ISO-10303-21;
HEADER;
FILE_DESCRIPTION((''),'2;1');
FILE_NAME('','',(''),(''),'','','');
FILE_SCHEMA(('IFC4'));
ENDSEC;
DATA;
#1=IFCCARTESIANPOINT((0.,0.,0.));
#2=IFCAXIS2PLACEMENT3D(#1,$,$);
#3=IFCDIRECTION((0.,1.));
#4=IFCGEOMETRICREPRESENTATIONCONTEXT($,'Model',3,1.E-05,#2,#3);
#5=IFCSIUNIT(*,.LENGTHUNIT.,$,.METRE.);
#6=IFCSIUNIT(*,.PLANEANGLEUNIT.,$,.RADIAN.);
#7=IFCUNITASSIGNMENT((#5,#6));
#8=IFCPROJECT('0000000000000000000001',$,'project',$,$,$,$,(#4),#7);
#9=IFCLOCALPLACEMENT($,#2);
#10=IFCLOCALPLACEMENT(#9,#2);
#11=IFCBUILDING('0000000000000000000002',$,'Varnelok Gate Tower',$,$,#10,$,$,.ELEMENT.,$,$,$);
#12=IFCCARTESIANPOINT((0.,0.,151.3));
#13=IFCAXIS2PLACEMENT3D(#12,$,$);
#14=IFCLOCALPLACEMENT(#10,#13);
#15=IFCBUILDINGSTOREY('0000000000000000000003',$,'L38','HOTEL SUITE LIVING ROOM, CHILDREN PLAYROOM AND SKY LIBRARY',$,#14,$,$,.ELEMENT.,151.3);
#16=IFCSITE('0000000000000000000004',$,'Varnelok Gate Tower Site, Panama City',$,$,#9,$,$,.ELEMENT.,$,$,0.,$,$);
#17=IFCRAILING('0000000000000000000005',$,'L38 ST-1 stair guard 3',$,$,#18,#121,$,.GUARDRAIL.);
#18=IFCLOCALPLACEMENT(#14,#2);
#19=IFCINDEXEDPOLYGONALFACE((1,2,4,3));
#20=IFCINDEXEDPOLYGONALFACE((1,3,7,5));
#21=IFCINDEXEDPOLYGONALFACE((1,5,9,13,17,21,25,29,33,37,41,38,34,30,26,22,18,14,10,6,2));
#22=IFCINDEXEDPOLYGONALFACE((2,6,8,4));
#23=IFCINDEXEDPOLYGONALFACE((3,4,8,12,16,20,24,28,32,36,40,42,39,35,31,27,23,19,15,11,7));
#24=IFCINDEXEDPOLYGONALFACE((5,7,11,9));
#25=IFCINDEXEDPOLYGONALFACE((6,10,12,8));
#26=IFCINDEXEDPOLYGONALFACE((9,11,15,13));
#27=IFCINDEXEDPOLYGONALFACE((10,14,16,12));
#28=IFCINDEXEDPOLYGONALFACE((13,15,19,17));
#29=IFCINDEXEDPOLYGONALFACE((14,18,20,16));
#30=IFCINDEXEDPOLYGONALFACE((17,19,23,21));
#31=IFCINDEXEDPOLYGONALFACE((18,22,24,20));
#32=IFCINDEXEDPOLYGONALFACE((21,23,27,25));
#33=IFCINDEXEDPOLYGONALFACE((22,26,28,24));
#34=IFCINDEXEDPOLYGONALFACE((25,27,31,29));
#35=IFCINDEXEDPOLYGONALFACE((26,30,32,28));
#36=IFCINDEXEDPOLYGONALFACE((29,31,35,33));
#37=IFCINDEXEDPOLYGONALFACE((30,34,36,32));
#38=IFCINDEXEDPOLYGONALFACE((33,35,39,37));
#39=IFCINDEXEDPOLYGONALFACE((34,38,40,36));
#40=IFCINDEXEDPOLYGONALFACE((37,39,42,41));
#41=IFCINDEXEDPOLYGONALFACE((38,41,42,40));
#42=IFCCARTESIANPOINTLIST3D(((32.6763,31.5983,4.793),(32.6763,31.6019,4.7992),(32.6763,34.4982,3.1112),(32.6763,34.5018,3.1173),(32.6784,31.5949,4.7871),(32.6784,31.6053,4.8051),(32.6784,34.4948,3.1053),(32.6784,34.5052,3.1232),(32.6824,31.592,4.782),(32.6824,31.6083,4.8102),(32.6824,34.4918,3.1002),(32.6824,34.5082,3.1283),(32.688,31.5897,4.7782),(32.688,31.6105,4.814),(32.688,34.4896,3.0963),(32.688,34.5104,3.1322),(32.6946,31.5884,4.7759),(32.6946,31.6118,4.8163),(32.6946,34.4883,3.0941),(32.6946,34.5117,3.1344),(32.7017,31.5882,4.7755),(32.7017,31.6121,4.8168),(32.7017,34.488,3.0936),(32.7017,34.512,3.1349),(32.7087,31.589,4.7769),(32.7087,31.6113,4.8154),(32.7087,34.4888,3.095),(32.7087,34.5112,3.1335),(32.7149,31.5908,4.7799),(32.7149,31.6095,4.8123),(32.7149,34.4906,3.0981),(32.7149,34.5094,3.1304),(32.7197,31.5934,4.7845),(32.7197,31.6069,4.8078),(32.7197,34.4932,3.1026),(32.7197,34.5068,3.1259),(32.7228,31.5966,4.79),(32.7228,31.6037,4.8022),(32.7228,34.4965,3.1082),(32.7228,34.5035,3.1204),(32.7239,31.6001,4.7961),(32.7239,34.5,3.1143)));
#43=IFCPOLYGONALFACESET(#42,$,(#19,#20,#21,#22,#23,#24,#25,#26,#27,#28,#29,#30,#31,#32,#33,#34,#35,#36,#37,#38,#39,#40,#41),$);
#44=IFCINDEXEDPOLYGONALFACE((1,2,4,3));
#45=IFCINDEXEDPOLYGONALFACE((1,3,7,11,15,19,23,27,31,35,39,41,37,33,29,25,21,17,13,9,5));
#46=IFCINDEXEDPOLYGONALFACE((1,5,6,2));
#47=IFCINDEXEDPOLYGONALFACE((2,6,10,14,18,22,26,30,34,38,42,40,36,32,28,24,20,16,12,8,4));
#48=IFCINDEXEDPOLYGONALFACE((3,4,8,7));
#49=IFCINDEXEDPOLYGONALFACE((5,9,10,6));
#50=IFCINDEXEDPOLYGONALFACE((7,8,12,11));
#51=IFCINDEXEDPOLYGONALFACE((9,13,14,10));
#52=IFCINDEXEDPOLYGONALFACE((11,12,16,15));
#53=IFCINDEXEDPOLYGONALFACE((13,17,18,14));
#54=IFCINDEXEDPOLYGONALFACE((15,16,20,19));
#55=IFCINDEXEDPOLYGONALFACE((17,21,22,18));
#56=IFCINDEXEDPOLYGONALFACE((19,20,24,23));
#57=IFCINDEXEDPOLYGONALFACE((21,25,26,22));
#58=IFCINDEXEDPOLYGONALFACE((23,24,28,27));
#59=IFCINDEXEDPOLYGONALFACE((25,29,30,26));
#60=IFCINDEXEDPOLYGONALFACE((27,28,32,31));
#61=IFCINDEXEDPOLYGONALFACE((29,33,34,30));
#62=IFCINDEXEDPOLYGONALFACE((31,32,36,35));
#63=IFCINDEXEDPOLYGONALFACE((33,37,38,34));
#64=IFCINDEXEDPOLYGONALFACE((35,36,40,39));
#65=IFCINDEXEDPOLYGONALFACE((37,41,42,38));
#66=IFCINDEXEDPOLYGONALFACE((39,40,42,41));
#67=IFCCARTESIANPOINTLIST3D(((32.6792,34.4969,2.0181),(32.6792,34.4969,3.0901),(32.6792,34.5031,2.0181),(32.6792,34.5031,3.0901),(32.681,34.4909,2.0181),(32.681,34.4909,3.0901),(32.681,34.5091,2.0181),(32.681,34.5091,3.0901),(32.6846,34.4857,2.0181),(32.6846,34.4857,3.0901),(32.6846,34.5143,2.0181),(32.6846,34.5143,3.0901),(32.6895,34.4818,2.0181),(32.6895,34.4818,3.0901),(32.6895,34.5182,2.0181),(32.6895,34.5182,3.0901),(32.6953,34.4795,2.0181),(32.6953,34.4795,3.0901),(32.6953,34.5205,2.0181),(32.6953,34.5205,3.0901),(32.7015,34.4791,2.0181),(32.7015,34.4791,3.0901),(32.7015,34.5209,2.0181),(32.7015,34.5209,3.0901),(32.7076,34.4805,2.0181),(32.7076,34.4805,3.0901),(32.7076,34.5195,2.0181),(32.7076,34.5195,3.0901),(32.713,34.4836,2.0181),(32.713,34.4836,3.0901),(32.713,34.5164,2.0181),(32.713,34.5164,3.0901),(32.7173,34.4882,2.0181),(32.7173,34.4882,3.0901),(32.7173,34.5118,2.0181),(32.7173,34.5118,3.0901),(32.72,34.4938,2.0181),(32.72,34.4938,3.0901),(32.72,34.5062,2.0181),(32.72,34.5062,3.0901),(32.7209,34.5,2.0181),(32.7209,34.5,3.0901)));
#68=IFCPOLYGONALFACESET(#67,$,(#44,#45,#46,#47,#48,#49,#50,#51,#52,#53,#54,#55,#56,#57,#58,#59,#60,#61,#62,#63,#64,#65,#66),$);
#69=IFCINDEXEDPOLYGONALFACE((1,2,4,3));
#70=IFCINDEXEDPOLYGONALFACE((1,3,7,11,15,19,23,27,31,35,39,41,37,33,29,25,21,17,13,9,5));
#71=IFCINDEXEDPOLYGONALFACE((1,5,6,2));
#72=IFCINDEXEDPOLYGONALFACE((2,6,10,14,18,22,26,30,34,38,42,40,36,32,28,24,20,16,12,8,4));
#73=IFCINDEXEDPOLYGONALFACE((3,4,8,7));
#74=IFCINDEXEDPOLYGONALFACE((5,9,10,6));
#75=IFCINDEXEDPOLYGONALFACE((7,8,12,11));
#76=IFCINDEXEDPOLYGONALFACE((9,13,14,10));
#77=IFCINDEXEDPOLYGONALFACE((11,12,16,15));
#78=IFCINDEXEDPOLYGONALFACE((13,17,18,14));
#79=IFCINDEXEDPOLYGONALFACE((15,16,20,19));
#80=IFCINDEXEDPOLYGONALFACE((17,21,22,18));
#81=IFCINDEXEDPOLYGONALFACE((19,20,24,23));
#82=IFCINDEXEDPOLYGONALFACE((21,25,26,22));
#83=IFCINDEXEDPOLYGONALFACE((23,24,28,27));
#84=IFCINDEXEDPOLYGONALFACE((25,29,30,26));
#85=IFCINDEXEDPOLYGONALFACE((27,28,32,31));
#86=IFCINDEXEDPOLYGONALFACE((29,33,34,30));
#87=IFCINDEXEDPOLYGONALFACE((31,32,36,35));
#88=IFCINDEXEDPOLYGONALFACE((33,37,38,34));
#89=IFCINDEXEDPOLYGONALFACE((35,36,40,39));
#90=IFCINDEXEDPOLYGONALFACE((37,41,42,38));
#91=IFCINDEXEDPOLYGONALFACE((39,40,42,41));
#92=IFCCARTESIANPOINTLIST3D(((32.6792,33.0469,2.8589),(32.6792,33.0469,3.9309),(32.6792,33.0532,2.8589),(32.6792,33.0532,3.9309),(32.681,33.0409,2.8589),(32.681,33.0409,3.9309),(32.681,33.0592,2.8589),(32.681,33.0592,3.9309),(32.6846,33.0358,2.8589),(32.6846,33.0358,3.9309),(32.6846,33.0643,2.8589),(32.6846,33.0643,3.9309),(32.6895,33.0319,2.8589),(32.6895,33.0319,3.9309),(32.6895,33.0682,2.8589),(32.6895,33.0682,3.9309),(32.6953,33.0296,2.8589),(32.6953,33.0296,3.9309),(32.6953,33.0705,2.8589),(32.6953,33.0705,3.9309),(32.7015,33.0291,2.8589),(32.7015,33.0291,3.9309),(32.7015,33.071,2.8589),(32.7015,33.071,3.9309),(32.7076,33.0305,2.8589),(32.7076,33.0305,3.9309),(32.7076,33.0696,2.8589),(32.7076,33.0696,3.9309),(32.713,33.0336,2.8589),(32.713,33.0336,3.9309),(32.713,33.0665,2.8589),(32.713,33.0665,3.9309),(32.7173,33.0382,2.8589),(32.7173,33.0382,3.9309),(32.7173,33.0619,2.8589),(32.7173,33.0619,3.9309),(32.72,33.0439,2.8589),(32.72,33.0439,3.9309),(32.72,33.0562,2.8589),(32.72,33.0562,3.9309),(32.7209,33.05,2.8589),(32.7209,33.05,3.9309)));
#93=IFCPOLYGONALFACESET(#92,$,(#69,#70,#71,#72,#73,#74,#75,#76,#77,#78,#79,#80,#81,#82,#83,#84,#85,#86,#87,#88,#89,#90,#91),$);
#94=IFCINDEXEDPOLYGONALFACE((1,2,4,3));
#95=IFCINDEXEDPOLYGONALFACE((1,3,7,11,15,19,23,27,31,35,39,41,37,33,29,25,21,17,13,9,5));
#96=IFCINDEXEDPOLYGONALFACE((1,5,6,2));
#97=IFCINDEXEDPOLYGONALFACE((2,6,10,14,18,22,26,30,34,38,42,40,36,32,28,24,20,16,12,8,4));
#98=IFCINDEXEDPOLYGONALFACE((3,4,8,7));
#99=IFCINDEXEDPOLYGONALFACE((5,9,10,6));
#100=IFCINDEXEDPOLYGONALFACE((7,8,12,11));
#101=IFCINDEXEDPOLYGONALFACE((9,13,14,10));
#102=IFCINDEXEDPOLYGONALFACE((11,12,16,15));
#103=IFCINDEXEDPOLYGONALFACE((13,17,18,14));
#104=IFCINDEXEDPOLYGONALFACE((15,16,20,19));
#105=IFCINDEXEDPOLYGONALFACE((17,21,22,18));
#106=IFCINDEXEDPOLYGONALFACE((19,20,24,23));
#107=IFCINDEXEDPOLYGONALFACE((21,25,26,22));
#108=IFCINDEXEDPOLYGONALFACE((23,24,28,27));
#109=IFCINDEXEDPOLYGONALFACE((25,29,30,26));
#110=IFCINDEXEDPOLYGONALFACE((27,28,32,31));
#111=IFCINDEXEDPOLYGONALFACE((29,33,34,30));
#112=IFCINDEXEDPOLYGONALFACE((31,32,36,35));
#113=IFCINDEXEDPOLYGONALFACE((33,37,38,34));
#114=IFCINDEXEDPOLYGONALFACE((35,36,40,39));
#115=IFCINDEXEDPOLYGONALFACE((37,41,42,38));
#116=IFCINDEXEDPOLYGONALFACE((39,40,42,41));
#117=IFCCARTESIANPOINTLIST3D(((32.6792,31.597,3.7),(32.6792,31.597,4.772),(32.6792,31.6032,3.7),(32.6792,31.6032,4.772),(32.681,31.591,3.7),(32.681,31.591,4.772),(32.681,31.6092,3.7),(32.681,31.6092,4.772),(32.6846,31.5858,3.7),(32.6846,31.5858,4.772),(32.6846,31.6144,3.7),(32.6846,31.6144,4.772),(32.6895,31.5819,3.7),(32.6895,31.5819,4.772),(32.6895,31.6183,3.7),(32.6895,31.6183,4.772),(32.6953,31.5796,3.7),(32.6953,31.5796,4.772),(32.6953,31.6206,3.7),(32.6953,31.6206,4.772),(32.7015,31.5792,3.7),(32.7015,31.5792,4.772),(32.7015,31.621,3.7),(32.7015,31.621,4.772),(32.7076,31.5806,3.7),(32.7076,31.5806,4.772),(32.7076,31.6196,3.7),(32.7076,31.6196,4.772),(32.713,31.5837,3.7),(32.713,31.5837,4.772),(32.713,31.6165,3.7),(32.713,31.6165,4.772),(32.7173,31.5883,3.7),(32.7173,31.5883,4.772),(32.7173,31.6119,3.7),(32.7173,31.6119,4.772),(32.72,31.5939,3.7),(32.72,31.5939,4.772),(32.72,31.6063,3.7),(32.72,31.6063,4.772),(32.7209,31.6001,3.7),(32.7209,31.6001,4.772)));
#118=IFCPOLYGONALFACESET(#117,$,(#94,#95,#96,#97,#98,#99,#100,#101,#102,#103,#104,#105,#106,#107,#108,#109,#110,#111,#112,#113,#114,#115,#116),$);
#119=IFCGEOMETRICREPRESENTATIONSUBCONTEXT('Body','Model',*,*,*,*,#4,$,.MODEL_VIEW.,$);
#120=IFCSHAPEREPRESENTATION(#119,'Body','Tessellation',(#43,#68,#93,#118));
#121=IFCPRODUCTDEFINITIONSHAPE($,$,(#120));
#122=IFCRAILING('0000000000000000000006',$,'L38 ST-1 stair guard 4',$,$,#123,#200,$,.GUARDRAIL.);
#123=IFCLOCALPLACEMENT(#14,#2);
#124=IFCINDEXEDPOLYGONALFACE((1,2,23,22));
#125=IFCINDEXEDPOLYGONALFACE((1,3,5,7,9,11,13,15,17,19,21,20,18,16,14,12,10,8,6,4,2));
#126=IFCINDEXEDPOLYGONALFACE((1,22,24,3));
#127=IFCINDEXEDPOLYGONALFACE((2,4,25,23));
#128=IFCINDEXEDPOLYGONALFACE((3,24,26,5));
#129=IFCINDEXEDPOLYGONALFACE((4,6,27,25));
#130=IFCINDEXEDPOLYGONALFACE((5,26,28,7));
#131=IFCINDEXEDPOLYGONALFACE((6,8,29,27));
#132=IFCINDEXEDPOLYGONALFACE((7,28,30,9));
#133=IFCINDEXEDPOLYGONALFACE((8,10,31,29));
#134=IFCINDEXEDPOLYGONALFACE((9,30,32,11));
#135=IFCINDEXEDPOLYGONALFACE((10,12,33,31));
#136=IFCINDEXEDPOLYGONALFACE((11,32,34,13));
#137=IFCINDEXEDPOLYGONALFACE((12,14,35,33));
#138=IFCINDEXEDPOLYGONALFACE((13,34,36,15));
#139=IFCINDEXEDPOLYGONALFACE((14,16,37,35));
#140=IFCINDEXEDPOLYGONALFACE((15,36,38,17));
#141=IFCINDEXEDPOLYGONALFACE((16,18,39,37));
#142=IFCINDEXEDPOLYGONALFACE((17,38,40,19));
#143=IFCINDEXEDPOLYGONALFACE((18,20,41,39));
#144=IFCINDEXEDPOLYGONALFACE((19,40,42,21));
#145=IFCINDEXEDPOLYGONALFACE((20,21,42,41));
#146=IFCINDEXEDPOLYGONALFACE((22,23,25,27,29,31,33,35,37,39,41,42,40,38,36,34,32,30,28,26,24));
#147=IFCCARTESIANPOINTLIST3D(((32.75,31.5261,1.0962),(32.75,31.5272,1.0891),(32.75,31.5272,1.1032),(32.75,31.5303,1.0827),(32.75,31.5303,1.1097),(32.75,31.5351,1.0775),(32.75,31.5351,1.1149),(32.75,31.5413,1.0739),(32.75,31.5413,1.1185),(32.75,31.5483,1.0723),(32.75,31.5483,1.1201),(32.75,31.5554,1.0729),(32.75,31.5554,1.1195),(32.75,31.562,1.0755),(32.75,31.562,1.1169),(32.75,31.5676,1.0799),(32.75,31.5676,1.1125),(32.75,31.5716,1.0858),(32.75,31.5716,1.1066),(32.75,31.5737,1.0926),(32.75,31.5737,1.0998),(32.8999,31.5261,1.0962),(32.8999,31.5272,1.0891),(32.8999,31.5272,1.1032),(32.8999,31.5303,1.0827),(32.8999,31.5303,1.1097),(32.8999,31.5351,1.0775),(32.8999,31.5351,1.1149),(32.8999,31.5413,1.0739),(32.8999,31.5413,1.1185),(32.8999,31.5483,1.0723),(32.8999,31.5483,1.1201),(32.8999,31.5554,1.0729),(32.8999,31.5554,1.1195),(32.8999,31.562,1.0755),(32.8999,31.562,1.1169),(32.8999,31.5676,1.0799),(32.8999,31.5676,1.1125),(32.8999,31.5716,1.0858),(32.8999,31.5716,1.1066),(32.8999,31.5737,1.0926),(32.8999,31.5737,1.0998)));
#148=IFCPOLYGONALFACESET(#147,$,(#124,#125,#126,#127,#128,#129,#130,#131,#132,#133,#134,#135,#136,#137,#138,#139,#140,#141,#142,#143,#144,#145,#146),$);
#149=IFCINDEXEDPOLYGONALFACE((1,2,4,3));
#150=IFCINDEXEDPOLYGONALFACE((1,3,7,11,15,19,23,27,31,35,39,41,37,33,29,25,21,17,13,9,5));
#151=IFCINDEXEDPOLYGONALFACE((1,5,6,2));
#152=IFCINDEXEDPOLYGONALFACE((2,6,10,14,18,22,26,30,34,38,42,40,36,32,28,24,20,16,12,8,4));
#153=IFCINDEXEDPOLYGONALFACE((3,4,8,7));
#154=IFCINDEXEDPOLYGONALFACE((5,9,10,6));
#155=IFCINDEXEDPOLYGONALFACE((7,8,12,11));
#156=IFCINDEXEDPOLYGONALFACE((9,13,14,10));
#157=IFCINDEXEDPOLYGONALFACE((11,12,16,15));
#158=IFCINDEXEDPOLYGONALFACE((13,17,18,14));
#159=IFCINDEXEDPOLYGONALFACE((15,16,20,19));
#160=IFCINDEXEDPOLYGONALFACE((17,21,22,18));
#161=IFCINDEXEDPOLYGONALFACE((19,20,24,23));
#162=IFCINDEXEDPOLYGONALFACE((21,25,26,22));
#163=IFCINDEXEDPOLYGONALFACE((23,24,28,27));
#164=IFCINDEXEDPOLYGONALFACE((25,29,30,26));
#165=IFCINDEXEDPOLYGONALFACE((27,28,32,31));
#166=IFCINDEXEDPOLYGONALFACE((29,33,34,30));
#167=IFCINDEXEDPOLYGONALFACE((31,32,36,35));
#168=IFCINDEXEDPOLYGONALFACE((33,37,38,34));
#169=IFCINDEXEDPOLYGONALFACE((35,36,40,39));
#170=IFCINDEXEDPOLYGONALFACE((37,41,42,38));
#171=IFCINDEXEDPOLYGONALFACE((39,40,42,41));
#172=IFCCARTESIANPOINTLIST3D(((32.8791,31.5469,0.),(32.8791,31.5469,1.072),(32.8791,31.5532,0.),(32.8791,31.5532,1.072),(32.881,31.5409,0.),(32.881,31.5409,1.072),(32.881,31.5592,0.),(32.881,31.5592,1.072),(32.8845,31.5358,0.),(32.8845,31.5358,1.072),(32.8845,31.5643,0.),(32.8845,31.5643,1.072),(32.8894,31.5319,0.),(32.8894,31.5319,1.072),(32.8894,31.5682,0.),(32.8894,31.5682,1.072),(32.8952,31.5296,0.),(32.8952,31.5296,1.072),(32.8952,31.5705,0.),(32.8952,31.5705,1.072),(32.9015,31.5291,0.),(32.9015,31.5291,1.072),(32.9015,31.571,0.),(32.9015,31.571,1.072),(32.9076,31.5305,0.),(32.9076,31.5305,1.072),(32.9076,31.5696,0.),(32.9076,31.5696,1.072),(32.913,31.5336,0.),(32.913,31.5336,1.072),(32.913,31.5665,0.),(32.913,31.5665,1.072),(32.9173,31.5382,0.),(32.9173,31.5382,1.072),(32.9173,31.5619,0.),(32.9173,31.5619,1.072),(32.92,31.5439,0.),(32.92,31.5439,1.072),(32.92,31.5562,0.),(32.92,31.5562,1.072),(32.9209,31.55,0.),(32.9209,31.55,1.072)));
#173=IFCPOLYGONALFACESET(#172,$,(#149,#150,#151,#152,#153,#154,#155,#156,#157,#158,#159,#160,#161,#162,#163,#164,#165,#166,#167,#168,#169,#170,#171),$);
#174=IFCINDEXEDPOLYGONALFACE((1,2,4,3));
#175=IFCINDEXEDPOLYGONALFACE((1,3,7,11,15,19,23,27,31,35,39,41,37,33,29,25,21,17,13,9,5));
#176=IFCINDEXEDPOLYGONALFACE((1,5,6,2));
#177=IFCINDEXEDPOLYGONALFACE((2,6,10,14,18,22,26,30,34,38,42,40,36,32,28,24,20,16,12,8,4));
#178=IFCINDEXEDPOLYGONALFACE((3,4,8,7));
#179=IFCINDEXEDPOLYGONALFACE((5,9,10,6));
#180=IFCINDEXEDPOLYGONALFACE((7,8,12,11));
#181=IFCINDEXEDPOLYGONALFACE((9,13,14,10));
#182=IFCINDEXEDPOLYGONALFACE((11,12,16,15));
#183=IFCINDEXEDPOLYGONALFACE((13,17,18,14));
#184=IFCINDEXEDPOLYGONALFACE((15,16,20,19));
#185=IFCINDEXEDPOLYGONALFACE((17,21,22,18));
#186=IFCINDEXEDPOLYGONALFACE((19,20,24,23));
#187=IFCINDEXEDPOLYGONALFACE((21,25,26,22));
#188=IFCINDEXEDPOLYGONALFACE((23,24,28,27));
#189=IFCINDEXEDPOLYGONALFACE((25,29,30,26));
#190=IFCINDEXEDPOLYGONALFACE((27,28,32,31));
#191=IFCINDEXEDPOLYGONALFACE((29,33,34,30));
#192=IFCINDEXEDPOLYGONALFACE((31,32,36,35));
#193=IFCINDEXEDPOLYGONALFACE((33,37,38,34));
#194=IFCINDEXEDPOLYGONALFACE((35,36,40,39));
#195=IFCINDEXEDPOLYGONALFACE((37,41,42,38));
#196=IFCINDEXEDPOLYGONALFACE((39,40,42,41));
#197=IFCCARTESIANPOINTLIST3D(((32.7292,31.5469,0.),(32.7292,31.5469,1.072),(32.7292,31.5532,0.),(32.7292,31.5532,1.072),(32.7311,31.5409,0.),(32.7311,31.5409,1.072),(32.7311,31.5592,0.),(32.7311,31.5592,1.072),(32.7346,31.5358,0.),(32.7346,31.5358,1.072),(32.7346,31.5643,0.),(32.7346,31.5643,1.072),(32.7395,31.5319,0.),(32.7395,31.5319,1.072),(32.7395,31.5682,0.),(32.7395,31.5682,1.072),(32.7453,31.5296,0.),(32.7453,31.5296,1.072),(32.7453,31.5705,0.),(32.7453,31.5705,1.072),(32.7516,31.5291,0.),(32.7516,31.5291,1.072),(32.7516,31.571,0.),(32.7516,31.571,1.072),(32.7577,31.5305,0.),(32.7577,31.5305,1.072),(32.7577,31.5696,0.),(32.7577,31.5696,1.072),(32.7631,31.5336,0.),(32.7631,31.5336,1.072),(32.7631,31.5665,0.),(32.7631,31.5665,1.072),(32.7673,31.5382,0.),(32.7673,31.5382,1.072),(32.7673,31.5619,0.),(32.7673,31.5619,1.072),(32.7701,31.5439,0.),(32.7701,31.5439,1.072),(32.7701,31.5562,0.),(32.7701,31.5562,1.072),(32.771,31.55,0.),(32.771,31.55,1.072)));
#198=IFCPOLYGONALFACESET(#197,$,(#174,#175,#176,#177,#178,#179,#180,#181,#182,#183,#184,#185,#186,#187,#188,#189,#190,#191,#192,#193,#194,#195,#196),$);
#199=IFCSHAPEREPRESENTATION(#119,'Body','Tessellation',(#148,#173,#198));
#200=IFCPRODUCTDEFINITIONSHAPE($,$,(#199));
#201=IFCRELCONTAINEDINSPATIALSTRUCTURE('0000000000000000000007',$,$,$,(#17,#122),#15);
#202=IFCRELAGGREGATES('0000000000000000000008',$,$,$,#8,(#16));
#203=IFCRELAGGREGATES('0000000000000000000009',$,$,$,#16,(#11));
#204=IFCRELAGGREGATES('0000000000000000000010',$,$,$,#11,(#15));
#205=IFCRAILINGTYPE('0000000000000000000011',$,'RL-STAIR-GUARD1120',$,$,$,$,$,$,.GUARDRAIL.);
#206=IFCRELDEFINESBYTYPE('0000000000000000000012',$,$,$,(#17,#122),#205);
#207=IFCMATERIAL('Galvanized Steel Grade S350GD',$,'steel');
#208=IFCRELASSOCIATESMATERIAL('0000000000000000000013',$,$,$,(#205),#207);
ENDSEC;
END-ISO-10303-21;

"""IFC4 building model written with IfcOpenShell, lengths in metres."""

from ifc_helpers import new_model, si_unit, direction, frame, origin, origin_2d, place, context, subcontext, project, spatial, circle, extrude, material, type_object, element, save


model = new_model("IFC4")

# Units and contexts
model_context = context("Model", 3, precision=1e-05, world=origin(), true_north=direction((0.0, 1.0)))
body_context = subcontext(model_context, "Body", "Model", "MODEL_VIEW")
ifc_project = project(units=[si_unit("LENGTHUNIT", "METRE"), si_unit("PLANEANGLEUNIT", "RADIAN")], contexts=[model_context])

# Site, building, storey
site_placement = place(None, origin())
site = spatial("IfcSite", under=ifc_project, at=site_placement, Name="Varnelok Gate Tower Site, Panama City", CompositionType="ELEMENT", RefElevation=0.0)
building_placement = place(site_placement, origin())
building = spatial("IfcBuilding", under=site, at=building_placement, Name="Varnelok Gate Tower", CompositionType="ELEMENT")
storey_placement = place(building_placement, frame((0.0, 0.0, 151.3)))
storey = spatial("IfcBuildingStorey", under=building, at=storey_placement, Name="L38", Description="HOTEL SUITE LIVING ROOM, CHILDREN PLAYROOM AND SKY LIBRARY", CompositionType="ELEMENT", Elevation=151.3)

# Shared definitions
ifc_material_1 = material(Name="Galvanized Steel Grade S350GD", Category="steel")

# Railings
railing_type_1 = type_object("IfcRailingType", Name="RL-STAIR-GUARD1120", PredefinedType="GUARDRAIL", material=ifc_material_1)
railing_1_placement = place(storey_placement, frame((32.7, 34.5, 2.0181)))
element("IfcRailing", 1, at=railing_1_placement, inside=storey, type_object=railing_type_1, Name="L38 ST-1 stair guard 3", PredefinedType="GUARDRAIL", context=body_context, shape_type="SweptSolid", body=[
    extrude(circle(Radius=0.0239, at=origin_2d()), frame((0.0, 0.0, 1.0962), z_axis=(0.0, -0.865039, 0.501705), x_axis=(1.0, 0.0, 0.0)), (0.0, 0.0, 1.0), 3.3523),
    extrude(circle(Radius=0.021, at=origin_2d()), origin(), (0.0, 0.0, 1.0), 1.072),
    extrude(circle(Radius=0.021, at=origin_2d()), frame((0.0, -1.45, 0.8408)), (0.0, 0.0, 1.0), 1.072),
    extrude(circle(Radius=0.021, at=origin_2d()), frame((0.0, -2.8999, 1.6819)), (0.0, 0.0, 1.0), 1.072),
])
railing_2_placement = place(storey_placement, frame((32.8999, 31.55, 0.0)))
element("IfcRailing", 2, at=railing_2_placement, inside=storey, type_object=railing_type_1, Name="L38 ST-1 stair guard 4", PredefinedType="GUARDRAIL", context=body_context, shape_type="SweptSolid", body=[
    extrude(circle(Radius=0.0239, at=origin_2d()), frame((0.0, 0.0, 1.0962), z_axis=(-1.0, 0.0, 0.0), x_axis=(0.0, -1.0, 0.0)), (0.0, 0.0, 1.0), 0.1499),
    extrude(circle(Radius=0.021, at=origin_2d()), origin(), (0.0, 0.0, 1.0), 1.072),
    extrude(circle(Radius=0.021, at=origin_2d()), frame((-0.1499, 0.0, 0.0)), (0.0, 0.0, 1.0), 1.072),
])

save(model, "model.ifc")
